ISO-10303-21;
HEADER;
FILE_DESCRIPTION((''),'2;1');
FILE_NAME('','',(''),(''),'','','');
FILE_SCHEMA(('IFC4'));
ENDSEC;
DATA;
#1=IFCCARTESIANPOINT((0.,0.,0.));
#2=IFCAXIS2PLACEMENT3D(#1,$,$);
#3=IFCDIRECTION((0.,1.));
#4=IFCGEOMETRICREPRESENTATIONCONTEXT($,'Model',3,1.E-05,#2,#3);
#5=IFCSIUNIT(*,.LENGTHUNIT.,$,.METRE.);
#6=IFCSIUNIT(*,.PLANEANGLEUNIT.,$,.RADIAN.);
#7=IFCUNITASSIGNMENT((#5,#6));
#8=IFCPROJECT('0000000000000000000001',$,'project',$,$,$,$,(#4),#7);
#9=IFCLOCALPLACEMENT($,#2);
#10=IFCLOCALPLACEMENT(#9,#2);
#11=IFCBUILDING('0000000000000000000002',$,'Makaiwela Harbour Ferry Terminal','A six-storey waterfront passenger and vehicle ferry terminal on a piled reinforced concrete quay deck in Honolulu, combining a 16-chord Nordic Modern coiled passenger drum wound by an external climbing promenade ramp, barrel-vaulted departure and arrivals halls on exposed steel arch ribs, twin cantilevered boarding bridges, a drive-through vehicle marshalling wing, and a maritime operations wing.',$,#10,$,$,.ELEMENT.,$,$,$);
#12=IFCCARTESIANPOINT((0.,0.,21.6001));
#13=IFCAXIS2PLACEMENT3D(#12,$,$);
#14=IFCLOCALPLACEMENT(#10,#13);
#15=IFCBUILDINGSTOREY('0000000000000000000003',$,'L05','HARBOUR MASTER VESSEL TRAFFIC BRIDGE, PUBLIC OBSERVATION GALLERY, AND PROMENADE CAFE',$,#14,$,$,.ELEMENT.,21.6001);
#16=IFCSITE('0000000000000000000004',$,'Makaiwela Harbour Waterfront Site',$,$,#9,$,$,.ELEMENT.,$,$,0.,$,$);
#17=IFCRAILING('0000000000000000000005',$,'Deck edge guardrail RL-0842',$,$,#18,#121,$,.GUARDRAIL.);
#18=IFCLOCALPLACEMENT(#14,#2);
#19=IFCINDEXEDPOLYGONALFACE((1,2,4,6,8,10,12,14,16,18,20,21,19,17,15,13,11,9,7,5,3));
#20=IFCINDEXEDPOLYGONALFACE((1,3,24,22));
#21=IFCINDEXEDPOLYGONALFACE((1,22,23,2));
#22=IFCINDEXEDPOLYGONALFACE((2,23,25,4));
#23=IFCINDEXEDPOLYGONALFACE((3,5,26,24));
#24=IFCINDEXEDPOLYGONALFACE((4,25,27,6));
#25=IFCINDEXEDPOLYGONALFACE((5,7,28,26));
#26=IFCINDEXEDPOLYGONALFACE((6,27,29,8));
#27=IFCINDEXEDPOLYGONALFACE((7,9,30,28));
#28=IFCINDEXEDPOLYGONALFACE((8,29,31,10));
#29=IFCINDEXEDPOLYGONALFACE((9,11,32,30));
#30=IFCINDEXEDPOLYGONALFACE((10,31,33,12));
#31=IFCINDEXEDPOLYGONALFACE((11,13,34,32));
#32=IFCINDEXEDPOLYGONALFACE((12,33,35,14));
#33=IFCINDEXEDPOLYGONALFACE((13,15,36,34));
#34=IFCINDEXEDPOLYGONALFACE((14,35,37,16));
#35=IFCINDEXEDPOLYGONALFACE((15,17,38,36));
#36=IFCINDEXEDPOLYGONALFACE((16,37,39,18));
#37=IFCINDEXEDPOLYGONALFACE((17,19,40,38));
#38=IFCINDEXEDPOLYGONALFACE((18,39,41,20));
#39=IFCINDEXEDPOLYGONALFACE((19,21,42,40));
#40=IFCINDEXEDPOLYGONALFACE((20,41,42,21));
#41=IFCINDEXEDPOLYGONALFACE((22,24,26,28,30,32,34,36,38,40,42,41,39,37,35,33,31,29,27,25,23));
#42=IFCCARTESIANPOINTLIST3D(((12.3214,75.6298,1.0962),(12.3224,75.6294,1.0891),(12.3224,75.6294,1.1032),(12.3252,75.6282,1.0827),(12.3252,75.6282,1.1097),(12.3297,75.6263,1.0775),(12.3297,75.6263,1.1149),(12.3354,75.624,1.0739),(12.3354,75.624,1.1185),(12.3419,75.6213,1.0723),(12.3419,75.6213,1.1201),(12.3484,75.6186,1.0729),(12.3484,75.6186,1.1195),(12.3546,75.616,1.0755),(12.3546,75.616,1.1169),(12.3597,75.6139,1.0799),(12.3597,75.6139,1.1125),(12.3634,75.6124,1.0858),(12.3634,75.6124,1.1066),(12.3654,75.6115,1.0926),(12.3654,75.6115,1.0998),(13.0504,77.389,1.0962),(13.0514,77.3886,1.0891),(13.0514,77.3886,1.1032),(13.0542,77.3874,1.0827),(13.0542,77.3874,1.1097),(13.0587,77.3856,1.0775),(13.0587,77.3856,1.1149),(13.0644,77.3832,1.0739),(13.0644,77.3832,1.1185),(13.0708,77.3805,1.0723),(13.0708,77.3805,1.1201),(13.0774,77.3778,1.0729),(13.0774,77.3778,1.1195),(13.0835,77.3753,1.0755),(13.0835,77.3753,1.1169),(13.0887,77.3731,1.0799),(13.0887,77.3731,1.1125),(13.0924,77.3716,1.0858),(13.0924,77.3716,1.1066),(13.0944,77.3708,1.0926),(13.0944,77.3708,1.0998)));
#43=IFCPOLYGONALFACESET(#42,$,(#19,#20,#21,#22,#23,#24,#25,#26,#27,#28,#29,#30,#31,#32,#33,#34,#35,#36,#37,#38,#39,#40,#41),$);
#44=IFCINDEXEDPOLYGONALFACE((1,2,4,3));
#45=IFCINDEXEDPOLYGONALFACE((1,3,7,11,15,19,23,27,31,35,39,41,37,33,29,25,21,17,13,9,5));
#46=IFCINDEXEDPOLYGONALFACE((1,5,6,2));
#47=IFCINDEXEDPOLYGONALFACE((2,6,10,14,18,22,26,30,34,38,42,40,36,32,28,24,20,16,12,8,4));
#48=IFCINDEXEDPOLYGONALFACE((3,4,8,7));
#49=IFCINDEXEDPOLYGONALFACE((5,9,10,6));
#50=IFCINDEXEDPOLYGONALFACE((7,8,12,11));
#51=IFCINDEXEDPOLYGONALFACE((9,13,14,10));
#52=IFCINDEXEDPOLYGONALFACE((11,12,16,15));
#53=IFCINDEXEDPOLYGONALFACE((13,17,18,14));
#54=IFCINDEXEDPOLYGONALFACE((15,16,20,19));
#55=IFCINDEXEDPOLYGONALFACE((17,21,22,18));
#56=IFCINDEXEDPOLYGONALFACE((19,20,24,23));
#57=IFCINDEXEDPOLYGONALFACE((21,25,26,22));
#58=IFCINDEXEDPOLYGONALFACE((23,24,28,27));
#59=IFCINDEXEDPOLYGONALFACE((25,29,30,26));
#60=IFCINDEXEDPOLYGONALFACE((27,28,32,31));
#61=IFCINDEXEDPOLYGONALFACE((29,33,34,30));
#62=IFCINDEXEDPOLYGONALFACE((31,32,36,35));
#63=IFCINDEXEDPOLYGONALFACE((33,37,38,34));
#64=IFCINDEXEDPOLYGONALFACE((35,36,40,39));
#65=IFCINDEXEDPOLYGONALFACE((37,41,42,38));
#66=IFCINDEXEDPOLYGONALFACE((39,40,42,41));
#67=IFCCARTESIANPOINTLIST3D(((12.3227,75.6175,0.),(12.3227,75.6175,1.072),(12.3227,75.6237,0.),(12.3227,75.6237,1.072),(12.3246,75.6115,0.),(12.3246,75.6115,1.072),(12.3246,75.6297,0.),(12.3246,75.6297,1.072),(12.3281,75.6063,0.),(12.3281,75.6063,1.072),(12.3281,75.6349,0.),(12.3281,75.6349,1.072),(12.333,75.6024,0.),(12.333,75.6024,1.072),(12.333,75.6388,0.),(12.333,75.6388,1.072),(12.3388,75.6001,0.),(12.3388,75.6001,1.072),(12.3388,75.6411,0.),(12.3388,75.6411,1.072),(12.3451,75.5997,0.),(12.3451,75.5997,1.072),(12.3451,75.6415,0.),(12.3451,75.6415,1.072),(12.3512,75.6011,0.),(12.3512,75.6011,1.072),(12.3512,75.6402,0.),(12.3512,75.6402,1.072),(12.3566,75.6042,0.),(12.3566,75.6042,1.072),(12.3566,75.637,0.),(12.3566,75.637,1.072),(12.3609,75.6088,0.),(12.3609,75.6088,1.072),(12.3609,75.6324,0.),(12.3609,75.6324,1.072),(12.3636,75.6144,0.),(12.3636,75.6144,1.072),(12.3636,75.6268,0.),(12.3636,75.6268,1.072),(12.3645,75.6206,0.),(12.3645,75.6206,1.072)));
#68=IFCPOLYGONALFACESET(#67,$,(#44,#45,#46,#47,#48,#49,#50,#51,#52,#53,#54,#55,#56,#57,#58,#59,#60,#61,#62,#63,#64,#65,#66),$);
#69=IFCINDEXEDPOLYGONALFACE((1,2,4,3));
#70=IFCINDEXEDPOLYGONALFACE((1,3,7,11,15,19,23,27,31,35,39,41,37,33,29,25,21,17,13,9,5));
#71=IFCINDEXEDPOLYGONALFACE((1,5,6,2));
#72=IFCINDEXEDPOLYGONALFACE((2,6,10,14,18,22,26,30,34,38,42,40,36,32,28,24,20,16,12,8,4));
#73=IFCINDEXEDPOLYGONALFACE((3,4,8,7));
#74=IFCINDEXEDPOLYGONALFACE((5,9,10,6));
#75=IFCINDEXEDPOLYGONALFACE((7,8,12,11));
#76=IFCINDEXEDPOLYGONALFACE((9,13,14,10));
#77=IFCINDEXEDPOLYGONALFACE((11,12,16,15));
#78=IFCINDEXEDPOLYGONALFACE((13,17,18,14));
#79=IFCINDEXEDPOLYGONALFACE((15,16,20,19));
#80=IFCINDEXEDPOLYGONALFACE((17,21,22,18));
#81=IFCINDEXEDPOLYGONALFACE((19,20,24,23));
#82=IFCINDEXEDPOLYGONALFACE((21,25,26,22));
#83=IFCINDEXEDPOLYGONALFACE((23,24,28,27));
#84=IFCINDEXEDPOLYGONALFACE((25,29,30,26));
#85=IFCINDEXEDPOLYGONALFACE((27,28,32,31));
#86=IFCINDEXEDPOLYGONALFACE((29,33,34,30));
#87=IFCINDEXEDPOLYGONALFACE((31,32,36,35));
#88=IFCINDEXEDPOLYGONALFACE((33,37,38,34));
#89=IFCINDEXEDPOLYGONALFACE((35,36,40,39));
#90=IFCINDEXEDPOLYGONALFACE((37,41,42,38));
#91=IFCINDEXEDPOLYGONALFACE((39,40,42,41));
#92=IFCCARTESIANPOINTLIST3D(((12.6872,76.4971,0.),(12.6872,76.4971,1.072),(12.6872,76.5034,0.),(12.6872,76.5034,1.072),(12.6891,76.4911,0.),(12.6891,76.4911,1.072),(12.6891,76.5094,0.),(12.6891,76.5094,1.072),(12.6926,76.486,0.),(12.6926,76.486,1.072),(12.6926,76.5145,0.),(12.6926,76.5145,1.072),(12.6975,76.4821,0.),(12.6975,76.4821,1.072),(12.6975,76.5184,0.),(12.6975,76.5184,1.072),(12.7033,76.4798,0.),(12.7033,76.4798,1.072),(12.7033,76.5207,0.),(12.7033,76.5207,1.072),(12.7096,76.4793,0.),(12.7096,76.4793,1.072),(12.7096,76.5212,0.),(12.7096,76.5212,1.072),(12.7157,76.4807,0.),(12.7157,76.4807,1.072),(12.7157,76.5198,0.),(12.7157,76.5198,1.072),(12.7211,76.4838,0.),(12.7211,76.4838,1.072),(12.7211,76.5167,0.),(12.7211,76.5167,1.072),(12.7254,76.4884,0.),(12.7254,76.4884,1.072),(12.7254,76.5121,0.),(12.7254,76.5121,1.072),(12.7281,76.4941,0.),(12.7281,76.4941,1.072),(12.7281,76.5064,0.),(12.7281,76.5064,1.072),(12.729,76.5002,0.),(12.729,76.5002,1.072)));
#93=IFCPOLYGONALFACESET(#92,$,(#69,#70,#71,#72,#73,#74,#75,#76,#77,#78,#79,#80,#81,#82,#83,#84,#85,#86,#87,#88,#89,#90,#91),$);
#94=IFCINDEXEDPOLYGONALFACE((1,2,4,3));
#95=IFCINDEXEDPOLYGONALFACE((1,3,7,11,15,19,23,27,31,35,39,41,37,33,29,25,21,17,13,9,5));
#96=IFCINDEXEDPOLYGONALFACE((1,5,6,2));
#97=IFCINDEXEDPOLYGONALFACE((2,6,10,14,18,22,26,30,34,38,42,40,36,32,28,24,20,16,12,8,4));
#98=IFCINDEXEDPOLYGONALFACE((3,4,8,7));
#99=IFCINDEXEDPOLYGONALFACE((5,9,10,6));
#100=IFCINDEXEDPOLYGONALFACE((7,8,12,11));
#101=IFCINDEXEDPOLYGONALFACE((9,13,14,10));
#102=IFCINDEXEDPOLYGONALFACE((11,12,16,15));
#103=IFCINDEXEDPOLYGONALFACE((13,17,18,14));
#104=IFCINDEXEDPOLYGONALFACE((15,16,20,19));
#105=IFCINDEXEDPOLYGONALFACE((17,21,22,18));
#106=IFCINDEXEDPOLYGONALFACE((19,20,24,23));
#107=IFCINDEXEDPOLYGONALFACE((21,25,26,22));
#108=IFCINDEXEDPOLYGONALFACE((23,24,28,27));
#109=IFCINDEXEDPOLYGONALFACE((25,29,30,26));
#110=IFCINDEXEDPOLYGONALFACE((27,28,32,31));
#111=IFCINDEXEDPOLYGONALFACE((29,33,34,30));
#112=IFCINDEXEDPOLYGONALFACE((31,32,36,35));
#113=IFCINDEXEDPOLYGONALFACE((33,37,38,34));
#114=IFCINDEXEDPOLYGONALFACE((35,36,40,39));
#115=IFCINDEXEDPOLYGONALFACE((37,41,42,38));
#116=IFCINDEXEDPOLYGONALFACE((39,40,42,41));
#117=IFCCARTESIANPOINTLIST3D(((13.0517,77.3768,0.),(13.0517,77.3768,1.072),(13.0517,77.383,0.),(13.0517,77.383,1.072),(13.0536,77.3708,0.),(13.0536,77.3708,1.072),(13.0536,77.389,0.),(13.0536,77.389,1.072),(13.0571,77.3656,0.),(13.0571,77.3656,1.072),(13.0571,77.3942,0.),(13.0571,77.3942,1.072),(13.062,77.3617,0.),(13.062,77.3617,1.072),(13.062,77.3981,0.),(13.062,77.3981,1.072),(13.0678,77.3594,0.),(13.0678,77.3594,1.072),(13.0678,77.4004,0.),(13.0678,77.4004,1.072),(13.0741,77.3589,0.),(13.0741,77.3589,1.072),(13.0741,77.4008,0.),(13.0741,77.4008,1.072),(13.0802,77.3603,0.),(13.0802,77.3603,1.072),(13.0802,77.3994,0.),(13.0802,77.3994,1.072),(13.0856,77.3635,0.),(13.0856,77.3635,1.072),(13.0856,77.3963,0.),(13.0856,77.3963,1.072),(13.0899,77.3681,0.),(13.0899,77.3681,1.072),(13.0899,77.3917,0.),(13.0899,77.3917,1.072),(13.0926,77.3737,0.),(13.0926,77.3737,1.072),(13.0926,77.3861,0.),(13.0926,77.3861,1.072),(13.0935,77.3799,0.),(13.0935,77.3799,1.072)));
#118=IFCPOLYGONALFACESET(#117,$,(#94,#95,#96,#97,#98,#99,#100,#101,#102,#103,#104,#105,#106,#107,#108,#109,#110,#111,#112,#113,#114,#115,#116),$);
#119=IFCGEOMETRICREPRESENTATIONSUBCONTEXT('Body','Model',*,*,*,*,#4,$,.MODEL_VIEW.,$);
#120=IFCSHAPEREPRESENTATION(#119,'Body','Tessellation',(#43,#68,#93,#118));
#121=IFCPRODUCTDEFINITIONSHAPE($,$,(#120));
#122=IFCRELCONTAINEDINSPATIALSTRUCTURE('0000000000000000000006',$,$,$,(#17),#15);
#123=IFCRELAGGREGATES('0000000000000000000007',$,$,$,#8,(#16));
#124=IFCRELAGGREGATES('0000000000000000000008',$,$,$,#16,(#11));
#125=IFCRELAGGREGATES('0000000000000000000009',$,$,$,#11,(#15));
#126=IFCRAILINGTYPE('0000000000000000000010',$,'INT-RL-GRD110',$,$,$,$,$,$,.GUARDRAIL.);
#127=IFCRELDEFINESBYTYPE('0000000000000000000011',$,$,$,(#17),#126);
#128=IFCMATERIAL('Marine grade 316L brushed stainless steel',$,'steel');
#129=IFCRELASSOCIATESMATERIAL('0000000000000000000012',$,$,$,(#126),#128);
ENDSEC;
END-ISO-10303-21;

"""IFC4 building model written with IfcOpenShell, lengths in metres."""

from ifc_helpers import new_model, si_unit, direction, frame, origin, origin_2d, place, context, subcontext, project, spatial, circle, extrude, material, type_object, element, save


model = new_model("IFC4")

# Units and contexts
model_context = context("Model", 3, precision=1e-05, world=origin(), true_north=direction((0.0, 1.0)))
body_context = subcontext(model_context, "Body", "Model", "MODEL_VIEW")
ifc_project = project(units=[si_unit("LENGTHUNIT", "METRE"), si_unit("PLANEANGLEUNIT", "RADIAN")], contexts=[model_context])

# Site, building, storey
site_placement = place(None, origin())
site = spatial("IfcSite", under=ifc_project, at=site_placement, Name="Makaiwela Harbour Waterfront Site", CompositionType="ELEMENT", RefElevation=0.0)
building_placement = place(site_placement, origin())
building = spatial("IfcBuilding", under=site, at=building_placement, Name="Makaiwela Harbour Ferry Terminal", Description="A six-storey waterfront passenger and vehicle ferry terminal on a piled reinforced concrete quay deck in Honolulu, combining a 16-chord Nordic Modern coiled passenger drum wound by an external climbing promenade ramp, barrel-vaulted departure and arrivals halls on exposed steel arch ribs, twin cantilevered boarding bridges, a drive-through vehicle marshalling wing, and a maritime operations wing.", CompositionType="ELEMENT")
storey_placement = place(building_placement, frame((0.0, 0.0, 21.6001)))
storey = spatial("IfcBuildingStorey", under=building, at=storey_placement, Name="L05", Description="HARBOUR MASTER VESSEL TRAFFIC BRIDGE, PUBLIC OBSERVATION GALLERY, AND PROMENADE CAFE", CompositionType="ELEMENT", Elevation=21.6001)

# Railing
ifc_material_1 = material(Name="Marine grade 316L brushed stainless steel", Category="steel")
railing_type = type_object("IfcRailingType", Name="INT-RL-GRD110", PredefinedType="GUARDRAIL", material=ifc_material_1)
railing_1_placement = place(storey_placement, frame((12.3435, 75.6206, 0.0)))
element("IfcRailing", 1, at=railing_1_placement, inside=storey, type_object=railing_type, Name="Deck edge guardrail RL-0842", PredefinedType="GUARDRAIL", context=body_context, shape_type="SweptSolid", body=[
    extrude(circle(Radius=0.0239, at=origin_2d()), frame((0.0, 0.0, 1.0962), z_axis=(0.382812, 0.923826, 0.0), x_axis=(-0.923826, 0.382812, 0.0)), (0.0, 0.0, 1.0), 1.9043),
    extrude(circle(Radius=0.021, at=origin_2d()), origin(), (0.0, 0.0, 1.0), 1.072),
    extrude(circle(Radius=0.021, at=origin_2d()), frame((0.3645, 0.8796, 0.0)), (0.0, 0.0, 1.0), 1.072),
    extrude(circle(Radius=0.021, at=origin_2d()), frame((0.729, 1.7593, 0.0)), (0.0, 0.0, 1.0), 1.072),
])

save(model, "model.ifc")
